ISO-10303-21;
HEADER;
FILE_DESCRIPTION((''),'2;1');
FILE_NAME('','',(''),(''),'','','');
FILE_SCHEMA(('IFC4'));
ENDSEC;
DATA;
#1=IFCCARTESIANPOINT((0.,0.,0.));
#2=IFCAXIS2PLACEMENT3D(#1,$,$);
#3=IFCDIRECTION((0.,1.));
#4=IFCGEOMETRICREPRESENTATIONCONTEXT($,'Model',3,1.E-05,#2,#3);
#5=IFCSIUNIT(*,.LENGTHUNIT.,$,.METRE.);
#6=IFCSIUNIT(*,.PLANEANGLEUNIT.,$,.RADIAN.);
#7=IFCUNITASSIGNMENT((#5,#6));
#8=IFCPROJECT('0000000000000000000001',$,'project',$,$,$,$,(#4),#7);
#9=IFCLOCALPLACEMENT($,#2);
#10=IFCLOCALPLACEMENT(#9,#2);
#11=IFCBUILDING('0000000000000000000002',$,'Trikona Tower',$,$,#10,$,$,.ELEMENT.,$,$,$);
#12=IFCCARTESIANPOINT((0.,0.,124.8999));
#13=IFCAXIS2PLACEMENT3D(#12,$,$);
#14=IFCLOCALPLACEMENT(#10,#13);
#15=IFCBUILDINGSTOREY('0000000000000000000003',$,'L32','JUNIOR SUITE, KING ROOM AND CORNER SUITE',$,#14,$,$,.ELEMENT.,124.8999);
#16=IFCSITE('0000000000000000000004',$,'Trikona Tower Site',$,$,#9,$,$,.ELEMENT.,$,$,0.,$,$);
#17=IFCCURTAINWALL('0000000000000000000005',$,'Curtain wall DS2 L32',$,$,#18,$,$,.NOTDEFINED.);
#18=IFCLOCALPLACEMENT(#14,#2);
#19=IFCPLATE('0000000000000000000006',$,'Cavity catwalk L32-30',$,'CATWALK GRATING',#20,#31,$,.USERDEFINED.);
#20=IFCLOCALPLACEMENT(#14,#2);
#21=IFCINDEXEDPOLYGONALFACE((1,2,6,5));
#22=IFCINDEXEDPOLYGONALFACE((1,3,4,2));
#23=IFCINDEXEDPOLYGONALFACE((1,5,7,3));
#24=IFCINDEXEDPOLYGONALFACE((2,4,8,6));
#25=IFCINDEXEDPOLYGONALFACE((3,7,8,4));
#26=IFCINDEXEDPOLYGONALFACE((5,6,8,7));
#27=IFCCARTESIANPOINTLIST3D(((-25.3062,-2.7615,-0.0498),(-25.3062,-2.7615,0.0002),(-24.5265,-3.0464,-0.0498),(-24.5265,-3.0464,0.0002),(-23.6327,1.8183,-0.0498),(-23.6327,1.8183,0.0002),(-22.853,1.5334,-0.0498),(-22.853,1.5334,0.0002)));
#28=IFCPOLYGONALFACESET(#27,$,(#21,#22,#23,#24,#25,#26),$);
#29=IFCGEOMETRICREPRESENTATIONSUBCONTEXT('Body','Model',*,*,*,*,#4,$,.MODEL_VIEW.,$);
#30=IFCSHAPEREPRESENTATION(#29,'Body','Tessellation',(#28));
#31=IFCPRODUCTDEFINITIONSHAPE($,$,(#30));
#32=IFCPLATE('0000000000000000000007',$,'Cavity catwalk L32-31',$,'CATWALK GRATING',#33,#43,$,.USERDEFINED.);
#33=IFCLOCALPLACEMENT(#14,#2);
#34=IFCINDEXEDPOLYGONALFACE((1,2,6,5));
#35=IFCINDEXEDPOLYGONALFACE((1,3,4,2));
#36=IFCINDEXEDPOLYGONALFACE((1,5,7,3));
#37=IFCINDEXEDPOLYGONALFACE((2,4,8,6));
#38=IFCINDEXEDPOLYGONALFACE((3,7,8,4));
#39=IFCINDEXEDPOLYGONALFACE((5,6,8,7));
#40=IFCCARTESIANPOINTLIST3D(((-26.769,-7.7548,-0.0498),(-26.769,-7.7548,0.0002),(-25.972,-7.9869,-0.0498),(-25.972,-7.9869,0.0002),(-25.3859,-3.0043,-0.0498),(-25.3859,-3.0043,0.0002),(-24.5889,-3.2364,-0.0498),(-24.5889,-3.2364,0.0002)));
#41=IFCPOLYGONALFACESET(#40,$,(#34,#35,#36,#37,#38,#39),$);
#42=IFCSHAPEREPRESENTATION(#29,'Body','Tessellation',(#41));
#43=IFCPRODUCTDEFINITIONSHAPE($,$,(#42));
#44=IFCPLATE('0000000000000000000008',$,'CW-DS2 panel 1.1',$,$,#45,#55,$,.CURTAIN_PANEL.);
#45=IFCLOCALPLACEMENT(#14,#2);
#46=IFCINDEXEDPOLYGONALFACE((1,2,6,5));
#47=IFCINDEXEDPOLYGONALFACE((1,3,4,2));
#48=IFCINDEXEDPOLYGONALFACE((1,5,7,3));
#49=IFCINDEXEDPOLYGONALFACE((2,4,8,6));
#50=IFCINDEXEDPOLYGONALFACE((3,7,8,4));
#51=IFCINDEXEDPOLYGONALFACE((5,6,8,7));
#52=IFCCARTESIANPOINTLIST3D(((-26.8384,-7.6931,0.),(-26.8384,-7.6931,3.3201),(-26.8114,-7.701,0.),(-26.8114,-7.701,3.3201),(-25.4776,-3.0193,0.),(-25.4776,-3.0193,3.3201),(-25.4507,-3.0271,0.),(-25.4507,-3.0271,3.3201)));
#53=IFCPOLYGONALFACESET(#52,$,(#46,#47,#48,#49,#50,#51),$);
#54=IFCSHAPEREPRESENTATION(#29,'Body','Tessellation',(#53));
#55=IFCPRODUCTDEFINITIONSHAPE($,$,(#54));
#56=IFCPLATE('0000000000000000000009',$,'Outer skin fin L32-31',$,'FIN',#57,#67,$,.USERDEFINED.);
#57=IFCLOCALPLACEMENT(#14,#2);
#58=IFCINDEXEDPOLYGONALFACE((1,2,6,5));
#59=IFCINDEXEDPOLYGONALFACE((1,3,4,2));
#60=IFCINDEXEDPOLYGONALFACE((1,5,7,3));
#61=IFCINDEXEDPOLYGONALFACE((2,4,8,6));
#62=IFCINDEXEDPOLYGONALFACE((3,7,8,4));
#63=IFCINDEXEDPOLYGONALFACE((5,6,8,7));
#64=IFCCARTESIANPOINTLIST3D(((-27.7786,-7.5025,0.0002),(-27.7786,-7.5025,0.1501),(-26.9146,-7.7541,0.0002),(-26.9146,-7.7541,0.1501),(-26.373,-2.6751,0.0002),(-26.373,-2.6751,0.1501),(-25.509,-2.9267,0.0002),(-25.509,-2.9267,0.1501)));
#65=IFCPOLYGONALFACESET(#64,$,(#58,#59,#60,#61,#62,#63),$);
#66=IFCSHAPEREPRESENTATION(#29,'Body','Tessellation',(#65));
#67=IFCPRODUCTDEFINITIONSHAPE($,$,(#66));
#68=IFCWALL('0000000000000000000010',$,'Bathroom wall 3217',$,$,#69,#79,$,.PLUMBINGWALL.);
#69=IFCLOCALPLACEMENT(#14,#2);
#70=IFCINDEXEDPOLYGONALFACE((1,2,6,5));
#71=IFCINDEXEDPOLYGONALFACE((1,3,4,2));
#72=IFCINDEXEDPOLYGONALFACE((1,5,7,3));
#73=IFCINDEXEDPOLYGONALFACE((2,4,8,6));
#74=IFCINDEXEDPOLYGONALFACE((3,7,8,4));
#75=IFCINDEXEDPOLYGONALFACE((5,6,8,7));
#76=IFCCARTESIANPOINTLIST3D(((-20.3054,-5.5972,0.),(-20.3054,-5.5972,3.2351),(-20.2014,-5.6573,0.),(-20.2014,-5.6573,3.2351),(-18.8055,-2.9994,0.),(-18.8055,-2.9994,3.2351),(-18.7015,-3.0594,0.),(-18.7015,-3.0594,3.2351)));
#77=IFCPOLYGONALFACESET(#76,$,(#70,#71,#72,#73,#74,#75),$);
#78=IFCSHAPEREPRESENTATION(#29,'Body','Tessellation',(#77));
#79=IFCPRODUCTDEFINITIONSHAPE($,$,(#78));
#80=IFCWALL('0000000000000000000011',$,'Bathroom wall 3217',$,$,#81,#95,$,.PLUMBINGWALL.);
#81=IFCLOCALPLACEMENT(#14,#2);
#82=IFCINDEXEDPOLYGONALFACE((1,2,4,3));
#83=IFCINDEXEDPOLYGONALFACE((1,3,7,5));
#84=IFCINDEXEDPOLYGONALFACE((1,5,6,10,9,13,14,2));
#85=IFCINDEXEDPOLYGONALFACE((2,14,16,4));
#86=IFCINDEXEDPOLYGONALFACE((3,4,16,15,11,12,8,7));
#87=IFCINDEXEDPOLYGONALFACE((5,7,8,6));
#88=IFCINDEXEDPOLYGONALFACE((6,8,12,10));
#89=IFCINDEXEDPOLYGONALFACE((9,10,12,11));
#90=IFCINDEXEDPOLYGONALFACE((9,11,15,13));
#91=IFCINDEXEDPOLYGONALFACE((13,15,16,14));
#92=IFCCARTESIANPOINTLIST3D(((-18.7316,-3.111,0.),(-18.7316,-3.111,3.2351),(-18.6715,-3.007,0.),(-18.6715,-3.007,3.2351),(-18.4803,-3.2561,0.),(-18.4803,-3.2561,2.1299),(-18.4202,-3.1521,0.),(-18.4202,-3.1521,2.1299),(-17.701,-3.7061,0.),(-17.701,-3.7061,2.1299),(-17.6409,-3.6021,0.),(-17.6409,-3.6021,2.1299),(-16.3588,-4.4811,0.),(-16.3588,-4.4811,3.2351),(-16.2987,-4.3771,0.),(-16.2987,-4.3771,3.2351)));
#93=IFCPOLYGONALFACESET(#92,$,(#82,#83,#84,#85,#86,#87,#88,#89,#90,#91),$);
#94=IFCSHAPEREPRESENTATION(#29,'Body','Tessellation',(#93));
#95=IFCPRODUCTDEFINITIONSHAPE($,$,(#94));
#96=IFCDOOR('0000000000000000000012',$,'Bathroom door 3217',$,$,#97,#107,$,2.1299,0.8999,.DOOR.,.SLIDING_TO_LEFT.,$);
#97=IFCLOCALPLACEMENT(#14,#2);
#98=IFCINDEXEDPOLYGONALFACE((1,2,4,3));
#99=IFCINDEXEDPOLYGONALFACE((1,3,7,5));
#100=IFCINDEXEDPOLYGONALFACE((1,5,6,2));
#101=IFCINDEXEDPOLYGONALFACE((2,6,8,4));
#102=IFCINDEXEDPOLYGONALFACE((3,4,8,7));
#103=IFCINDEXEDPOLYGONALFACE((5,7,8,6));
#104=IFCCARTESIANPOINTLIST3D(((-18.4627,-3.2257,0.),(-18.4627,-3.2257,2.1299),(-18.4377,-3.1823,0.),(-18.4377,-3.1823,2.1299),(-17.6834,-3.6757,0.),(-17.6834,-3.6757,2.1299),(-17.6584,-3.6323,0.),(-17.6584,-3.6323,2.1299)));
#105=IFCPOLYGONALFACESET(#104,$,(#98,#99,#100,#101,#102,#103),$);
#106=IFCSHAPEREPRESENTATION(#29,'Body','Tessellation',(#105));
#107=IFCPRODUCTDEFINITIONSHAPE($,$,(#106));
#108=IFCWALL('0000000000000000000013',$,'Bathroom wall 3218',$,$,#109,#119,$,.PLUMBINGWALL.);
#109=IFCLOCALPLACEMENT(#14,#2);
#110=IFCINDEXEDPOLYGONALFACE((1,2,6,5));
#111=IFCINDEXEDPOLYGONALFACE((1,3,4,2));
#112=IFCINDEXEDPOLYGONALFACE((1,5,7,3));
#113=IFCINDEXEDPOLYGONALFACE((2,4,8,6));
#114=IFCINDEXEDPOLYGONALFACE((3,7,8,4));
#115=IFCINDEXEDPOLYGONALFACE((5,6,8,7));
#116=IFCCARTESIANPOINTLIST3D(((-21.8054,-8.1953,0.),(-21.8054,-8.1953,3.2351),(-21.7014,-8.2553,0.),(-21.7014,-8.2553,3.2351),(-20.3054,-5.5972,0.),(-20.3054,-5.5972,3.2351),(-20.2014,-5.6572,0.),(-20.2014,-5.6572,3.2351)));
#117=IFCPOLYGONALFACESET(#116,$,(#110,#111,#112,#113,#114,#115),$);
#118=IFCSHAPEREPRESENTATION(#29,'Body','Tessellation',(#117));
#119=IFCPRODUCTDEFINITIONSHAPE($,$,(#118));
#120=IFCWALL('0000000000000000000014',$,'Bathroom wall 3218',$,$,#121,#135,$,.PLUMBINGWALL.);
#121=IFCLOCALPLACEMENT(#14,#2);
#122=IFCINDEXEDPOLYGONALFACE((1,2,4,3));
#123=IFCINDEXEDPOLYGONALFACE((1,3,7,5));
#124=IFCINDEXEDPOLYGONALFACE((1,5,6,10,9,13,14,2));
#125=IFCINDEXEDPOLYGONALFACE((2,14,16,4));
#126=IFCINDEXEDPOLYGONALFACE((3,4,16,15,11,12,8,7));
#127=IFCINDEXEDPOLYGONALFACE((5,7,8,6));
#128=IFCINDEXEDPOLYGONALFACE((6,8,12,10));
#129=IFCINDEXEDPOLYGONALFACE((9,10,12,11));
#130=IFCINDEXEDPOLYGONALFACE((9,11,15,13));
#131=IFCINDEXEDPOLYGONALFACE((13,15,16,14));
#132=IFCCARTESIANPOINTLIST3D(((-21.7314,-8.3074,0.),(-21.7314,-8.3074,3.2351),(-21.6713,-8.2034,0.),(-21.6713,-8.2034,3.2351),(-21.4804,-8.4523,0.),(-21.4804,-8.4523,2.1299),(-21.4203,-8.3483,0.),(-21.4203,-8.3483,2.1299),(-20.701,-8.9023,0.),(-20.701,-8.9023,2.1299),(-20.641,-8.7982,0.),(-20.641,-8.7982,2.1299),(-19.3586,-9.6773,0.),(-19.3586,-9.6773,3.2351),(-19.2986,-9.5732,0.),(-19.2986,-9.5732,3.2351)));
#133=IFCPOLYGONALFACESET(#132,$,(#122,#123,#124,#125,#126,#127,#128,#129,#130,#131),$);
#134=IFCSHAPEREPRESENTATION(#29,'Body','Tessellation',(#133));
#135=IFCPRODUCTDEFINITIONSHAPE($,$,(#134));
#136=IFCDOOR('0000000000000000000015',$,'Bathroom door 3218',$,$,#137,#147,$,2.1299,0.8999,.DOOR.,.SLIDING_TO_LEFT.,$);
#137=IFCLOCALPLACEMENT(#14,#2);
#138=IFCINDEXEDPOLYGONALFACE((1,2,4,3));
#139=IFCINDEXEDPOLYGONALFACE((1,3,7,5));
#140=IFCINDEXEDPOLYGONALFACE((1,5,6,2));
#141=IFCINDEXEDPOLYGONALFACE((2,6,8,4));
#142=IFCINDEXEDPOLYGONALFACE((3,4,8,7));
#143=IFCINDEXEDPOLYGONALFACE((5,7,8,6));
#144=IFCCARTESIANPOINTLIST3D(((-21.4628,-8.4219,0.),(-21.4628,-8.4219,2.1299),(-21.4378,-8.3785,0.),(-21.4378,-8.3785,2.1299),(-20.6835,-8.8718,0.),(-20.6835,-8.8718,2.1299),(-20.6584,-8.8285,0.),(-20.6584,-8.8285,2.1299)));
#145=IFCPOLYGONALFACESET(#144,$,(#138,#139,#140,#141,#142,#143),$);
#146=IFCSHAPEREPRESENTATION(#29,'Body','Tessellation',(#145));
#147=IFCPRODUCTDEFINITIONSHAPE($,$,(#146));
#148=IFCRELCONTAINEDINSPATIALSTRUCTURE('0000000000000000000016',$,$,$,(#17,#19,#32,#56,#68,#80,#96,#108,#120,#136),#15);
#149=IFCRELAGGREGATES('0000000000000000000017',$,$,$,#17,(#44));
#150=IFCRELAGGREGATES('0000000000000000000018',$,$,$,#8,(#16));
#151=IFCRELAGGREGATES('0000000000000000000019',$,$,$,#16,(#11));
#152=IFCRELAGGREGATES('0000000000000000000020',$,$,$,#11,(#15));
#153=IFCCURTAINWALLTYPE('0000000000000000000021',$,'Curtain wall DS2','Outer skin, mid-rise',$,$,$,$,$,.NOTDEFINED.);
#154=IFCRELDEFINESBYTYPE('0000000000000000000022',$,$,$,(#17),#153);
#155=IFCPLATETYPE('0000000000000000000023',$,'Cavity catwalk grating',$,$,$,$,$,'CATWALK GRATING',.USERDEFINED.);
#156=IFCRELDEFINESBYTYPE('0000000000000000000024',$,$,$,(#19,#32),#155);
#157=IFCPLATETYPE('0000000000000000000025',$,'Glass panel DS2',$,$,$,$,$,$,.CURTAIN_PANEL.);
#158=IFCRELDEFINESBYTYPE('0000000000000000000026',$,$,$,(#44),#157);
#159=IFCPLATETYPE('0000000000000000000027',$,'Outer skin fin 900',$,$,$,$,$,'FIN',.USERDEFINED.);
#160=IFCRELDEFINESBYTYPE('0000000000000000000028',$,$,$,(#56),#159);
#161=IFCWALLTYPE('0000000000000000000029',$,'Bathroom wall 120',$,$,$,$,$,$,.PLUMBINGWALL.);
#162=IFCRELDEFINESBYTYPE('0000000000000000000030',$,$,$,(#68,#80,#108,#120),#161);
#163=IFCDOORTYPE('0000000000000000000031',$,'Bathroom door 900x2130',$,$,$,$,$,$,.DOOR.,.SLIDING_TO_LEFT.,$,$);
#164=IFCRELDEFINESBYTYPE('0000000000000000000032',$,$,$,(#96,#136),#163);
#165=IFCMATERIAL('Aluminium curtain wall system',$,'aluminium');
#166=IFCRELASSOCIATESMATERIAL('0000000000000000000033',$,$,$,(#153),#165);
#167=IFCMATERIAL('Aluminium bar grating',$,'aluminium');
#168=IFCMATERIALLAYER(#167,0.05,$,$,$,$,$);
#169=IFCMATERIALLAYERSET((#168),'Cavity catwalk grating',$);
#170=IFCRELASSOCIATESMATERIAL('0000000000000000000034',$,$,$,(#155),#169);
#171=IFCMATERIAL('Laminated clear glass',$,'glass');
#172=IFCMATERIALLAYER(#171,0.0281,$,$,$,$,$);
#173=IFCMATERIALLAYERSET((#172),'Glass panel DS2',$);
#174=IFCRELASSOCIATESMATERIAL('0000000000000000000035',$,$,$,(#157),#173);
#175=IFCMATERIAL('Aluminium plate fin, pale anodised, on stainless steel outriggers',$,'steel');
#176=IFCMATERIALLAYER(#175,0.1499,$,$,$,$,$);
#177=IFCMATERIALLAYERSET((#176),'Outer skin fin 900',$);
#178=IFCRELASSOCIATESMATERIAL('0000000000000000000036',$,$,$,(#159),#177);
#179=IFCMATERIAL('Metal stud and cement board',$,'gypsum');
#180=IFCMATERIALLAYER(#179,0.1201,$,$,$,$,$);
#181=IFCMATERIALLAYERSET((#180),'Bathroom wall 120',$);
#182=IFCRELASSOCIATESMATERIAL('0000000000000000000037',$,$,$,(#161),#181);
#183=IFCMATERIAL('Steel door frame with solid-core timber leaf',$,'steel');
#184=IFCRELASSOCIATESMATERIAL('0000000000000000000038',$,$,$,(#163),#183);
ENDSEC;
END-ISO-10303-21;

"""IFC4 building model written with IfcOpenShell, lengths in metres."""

from ifc_helpers import new_model, si_unit, direction, frame, frame_2d, origin, origin_2d, place, context, subcontext, project, spatial, rectangle, extrude, material, layer, layer_set, type_object, element, fill, aggregate, save


model = new_model("IFC4")

# Units and contexts
model_context = context("Model", 3, precision=1e-05, world=origin(), true_north=direction((0.0, 1.0)))
body_context = subcontext(model_context, "Body", "Model", "MODEL_VIEW")
ifc_project = project(units=[si_unit("LENGTHUNIT", "METRE"), si_unit("PLANEANGLEUNIT", "RADIAN")], contexts=[model_context])

# Site, building, storey
site_placement = place(None, origin())
site = spatial("IfcSite", under=ifc_project, at=site_placement, Name="Trikona Tower Site", CompositionType="ELEMENT", RefElevation=0.0)
building_placement = place(site_placement, origin())
building = spatial("IfcBuilding", under=site, at=building_placement, Name="Trikona Tower", CompositionType="ELEMENT")
storey_placement = place(building_placement, frame((0.0, 0.0, 124.8999)))
storey = spatial("IfcBuildingStorey", under=building, at=storey_placement, Name="L32", Description="JUNIOR SUITE, KING ROOM AND CORNER SUITE", CompositionType="ELEMENT", Elevation=124.8999)

# Shared definitions
ifc_material_1 = material(Name="Aluminium curtain wall system", Category="aluminium")
curtain_wall_type = type_object("IfcCurtainWallType", Name="Curtain wall DS2", Description="Outer skin, mid-rise", PredefinedType="NOTDEFINED", material=ifc_material_1)

# Curtain wall
curtain_wall_1_placement = place(storey_placement, origin())
curtain_wall_1 = element("IfcCurtainWall", 1, at=curtain_wall_1_placement, inside=storey, type_object=curtain_wall_type, Name="Curtain wall DS2 L32", PredefinedType="NOTDEFINED")

# Plates
ifc_material_2 = material(Name="Aluminium bar grating", Category="aluminium")
ifc_layer_1 = layer(ifc_material_2, 0.05)
ifc_layer_set_1 = layer_set([ifc_layer_1], Name="Cavity catwalk grating")
plate_type_1 = type_object("IfcPlateType", Name="Cavity catwalk grating", ElementType="CATWALK GRATING", PredefinedType="USERDEFINED", material=ifc_layer_set_1)
plate_1_placement = place(storey_placement, frame((-24.0796, -0.614, -0.0498), z_axis=(0.0, 0.0, 1.0), x_axis=(-0.34322, -0.939255, 0.0)))
element("IfcPlate", 2, at=plate_1_placement, inside=storey, type_object=plate_type_1, Name="Cavity catwalk L32-30", ObjectType="CATWALK GRATING", PredefinedType="USERDEFINED", context=body_context, shape_type="SweptSolid", body=[
    extrude(rectangle(XDim=4.876, YDim=0.8301, at=origin_2d()), origin(), (0.0, 0.0, 1.0), 0.05),
])
plate_2_placement = place(storey_placement, frame((-25.679, -5.4956, -0.0498), z_axis=(0.0, 0.0, 1.0), x_axis=(-0.279554, -0.96013, 0.0)))
element("IfcPlate", 3, at=plate_2_placement, inside=storey, type_object=plate_type_1, Name="Cavity catwalk L32-31", ObjectType="CATWALK GRATING", PredefinedType="USERDEFINED", context=body_context, shape_type="SweptSolid", body=[
    extrude(rectangle(XDim=4.9478, YDim=0.8301, at=origin_2d()), origin(), (0.0, 0.0, 1.0), 0.05),
])

# Plates
ifc_material_3 = material(Name="Laminated clear glass", Category="glass")
ifc_layer_2 = layer(ifc_material_3, 0.0281)
ifc_layer_set_2 = layer_set([ifc_layer_2], Name="Glass panel DS2")
plate_type_2 = type_object("IfcPlateType", Name="Glass panel DS2", PredefinedType="CURTAIN_PANEL", material=ifc_layer_set_2)
plate_3_placement = place(storey_placement, frame((-26.1445, -5.3601, 0.0), z_axis=(0.0, 0.0, 1.0), x_axis=(-0.279543, -0.960133, 0.0)))
plate_3 = element("IfcPlate", 4, at=plate_3_placement, type_object=plate_type_2, Name="CW-DS2 panel 1.1", PredefinedType="CURTAIN_PANEL", context=body_context, shape_type="SweptSolid", body=[
    extrude(rectangle(XDim=4.8679, YDim=0.0281, at=origin_2d()), origin(), (0.0, 0.0, 1.0), 3.3201),
])
aggregate(curtain_wall_1, [plate_3])
ifc_material_4 = material(Name="Aluminium plate fin, pale anodised, on stainless steel outriggers", Category="steel")
ifc_layer_3 = layer(ifc_material_4, 0.1499)
ifc_layer_set_3 = layer_set([ifc_layer_3], Name="Outer skin fin 900")
plate_type_3 = type_object("IfcPlateType", Name="Outer skin fin 900", ElementType="FIN", PredefinedType="USERDEFINED", material=ifc_layer_set_3)
plate_4_placement = place(storey_placement, frame((-26.6438, -5.2146, 0.0002), z_axis=(0.0, 0.0, 1.0), x_axis=(-0.279554, -0.96013, 0.0)))
element("IfcPlate", 5, at=plate_4_placement, inside=storey, type_object=plate_type_3, Name="Outer skin fin L32-31", ObjectType="FIN", PredefinedType="USERDEFINED", context=body_context, shape_type="SweptSolid", body=[
    extrude(rectangle(XDim=5.0278, YDim=0.8999, at=origin_2d()), origin(), (0.0, 0.0, 1.0), 0.1499),
])

# Wall
ifc_material_5 = material(Name="Metal stud and cement board", Category="gypsum")
ifc_layer_4 = layer(ifc_material_5, 0.1201)
ifc_layer_set_4 = layer_set([ifc_layer_4], Name="Bathroom wall 120")
wall_type_1 = type_object("IfcWallType", Name="Bathroom wall 120", PredefinedType="PLUMBINGWALL", material=ifc_layer_set_4)
wall_1_placement = place(storey_placement, frame((-18.7534, -3.0293, 0.0), z_axis=(0.0, 0.0, 1.0), x_axis=(-0.500025, -0.866011, 0.0)))
element("IfcWall", 6, at=wall_1_placement, inside=storey, type_object=wall_type_1, Name="Bathroom wall 3217", PredefinedType="PLUMBINGWALL", context=body_context, shape_type="SweptSolid", body=[
    extrude(rectangle(XDim=2.9998, YDim=0.1201, at=frame_2d((1.5, 0.0))), origin(), (0.0, 0.0, 1.0), 3.2351),
])

# Wall, opening, door
wall_2_placement = place(storey_placement, frame((-16.3286, -4.4292, 0.0), z_axis=(0.0, 0.0, 1.0), x_axis=(-0.865997, 0.500049, 0.0)))
wall_2 = element("IfcWall", 7, at=wall_2_placement, inside=storey, type_object=wall_type_1, Name="Bathroom wall 3217", PredefinedType="PLUMBINGWALL", context=body_context, shape_type="SweptSolid", body=[
    extrude(rectangle(XDim=2.74, YDim=0.1201, at=frame_2d((1.3701, 0.0))), origin(), (0.0, 0.0, 1.0), 3.2351),
])
opening_1_placement = place(wall_2_placement, frame((1.55, 0.0, 0.0)))
opening_1 = element("IfcOpeningElement", 8, at=opening_1_placement, cuts=wall_2, PredefinedType="OPENING", context=body_context, shape_type="SweptSolid", body=[
    extrude(rectangle(XDim=0.8999, YDim=2.1299, at=frame_2d((0.45, 1.0649))), frame((0.0, 0.0701, 0.0), z_axis=(0.0, -1.0, 0.0), x_axis=(1.0, 0.0, 0.0)), (0.0, 0.0, 1.0), 0.1401),
])
ifc_material_6 = material(Name="Steel door frame with solid-core timber leaf", Category="steel")
door_type_1 = type_object("IfcDoorType", Name="Bathroom door 900x2130", OperationType="SLIDING_TO_LEFT", PredefinedType="DOOR", material=ifc_material_6)
door_1_placement = place(opening_1_placement, origin())
door_1 = element("IfcDoor", 9, at=door_1_placement, inside=storey, type_object=door_type_1, Name="Bathroom door 3217", OperationType="SLIDING_TO_LEFT", OverallHeight=2.1299, OverallWidth=0.8999, PredefinedType="DOOR", context=body_context, shape_type="SweptSolid", body=[
    extrude(rectangle(XDim=0.8999, YDim=2.1299, at=frame_2d((0.45, 1.0649))), frame((0.0, 0.0249, 0.0), z_axis=(0.0, -1.0, 0.0), x_axis=(1.0, 0.0, 0.0)), (0.0, 0.0, 1.0), 0.05),
])
fill(opening_1, door_1)

# Wall
wall_3_placement = place(storey_placement, frame((-20.2534, -5.6272, 0.0), z_axis=(0.0, 0.0, 1.0), x_axis=(-0.49999, -0.866031, 0.0)))
element("IfcWall", 10, at=wall_3_placement, inside=storey, type_object=wall_type_1, Name="Bathroom wall 3218", PredefinedType="PLUMBINGWALL", context=body_context, shape_type="SweptSolid", body=[
    extrude(rectangle(XDim=3.0, YDim=0.1201, at=frame_2d((1.5, 0.0))), origin(), (0.0, 0.0, 1.0), 3.2351),
])

# Wall, opening, door
wall_4_placement = place(storey_placement, frame((-19.3286, -9.6252, 0.0), z_axis=(0.0, 0.0, 1.0), x_axis=(-0.866036, 0.499982, 0.0)))
wall_4 = element("IfcWall", 11, at=wall_4_placement, inside=storey, type_object=wall_type_1, Name="Bathroom wall 3218", PredefinedType="PLUMBINGWALL", context=body_context, shape_type="SweptSolid", body=[
    extrude(rectangle(XDim=2.7397, YDim=0.1201, at=frame_2d((1.3699, 0.0))), origin(), (0.0, 0.0, 1.0), 3.2351),
])
opening_2_placement = place(wall_4_placement, frame((1.55, 0.0, 0.0)))
opening_2 = element("IfcOpeningElement", 12, at=opening_2_placement, cuts=wall_4, PredefinedType="OPENING", context=body_context, shape_type="SweptSolid", body=[
    extrude(rectangle(XDim=0.8999, YDim=2.1299, at=frame_2d((0.45, 1.0649))), frame((0.0, 0.0701, 0.0), z_axis=(0.0, -1.0, 0.0), x_axis=(1.0, 0.0, 0.0)), (0.0, 0.0, 1.0), 0.1401),
])
door_2_placement = place(opening_2_placement, origin())
door_2 = element("IfcDoor", 13, at=door_2_placement, inside=storey, type_object=door_type_1, Name="Bathroom door 3218", OperationType="SLIDING_TO_LEFT", OverallHeight=2.1299, OverallWidth=0.8999, PredefinedType="DOOR", context=body_context, shape_type="SweptSolid", body=[
    extrude(rectangle(XDim=0.8999, YDim=2.1299, at=frame_2d((0.45, 1.0649))), frame((0.0, 0.0249, 0.0), z_axis=(0.0, -1.0, 0.0), x_axis=(1.0, 0.0, 0.0)), (0.0, 0.0, 1.0), 0.05),
])
fill(opening_2, door_2)

save(model, "model.ifc")
